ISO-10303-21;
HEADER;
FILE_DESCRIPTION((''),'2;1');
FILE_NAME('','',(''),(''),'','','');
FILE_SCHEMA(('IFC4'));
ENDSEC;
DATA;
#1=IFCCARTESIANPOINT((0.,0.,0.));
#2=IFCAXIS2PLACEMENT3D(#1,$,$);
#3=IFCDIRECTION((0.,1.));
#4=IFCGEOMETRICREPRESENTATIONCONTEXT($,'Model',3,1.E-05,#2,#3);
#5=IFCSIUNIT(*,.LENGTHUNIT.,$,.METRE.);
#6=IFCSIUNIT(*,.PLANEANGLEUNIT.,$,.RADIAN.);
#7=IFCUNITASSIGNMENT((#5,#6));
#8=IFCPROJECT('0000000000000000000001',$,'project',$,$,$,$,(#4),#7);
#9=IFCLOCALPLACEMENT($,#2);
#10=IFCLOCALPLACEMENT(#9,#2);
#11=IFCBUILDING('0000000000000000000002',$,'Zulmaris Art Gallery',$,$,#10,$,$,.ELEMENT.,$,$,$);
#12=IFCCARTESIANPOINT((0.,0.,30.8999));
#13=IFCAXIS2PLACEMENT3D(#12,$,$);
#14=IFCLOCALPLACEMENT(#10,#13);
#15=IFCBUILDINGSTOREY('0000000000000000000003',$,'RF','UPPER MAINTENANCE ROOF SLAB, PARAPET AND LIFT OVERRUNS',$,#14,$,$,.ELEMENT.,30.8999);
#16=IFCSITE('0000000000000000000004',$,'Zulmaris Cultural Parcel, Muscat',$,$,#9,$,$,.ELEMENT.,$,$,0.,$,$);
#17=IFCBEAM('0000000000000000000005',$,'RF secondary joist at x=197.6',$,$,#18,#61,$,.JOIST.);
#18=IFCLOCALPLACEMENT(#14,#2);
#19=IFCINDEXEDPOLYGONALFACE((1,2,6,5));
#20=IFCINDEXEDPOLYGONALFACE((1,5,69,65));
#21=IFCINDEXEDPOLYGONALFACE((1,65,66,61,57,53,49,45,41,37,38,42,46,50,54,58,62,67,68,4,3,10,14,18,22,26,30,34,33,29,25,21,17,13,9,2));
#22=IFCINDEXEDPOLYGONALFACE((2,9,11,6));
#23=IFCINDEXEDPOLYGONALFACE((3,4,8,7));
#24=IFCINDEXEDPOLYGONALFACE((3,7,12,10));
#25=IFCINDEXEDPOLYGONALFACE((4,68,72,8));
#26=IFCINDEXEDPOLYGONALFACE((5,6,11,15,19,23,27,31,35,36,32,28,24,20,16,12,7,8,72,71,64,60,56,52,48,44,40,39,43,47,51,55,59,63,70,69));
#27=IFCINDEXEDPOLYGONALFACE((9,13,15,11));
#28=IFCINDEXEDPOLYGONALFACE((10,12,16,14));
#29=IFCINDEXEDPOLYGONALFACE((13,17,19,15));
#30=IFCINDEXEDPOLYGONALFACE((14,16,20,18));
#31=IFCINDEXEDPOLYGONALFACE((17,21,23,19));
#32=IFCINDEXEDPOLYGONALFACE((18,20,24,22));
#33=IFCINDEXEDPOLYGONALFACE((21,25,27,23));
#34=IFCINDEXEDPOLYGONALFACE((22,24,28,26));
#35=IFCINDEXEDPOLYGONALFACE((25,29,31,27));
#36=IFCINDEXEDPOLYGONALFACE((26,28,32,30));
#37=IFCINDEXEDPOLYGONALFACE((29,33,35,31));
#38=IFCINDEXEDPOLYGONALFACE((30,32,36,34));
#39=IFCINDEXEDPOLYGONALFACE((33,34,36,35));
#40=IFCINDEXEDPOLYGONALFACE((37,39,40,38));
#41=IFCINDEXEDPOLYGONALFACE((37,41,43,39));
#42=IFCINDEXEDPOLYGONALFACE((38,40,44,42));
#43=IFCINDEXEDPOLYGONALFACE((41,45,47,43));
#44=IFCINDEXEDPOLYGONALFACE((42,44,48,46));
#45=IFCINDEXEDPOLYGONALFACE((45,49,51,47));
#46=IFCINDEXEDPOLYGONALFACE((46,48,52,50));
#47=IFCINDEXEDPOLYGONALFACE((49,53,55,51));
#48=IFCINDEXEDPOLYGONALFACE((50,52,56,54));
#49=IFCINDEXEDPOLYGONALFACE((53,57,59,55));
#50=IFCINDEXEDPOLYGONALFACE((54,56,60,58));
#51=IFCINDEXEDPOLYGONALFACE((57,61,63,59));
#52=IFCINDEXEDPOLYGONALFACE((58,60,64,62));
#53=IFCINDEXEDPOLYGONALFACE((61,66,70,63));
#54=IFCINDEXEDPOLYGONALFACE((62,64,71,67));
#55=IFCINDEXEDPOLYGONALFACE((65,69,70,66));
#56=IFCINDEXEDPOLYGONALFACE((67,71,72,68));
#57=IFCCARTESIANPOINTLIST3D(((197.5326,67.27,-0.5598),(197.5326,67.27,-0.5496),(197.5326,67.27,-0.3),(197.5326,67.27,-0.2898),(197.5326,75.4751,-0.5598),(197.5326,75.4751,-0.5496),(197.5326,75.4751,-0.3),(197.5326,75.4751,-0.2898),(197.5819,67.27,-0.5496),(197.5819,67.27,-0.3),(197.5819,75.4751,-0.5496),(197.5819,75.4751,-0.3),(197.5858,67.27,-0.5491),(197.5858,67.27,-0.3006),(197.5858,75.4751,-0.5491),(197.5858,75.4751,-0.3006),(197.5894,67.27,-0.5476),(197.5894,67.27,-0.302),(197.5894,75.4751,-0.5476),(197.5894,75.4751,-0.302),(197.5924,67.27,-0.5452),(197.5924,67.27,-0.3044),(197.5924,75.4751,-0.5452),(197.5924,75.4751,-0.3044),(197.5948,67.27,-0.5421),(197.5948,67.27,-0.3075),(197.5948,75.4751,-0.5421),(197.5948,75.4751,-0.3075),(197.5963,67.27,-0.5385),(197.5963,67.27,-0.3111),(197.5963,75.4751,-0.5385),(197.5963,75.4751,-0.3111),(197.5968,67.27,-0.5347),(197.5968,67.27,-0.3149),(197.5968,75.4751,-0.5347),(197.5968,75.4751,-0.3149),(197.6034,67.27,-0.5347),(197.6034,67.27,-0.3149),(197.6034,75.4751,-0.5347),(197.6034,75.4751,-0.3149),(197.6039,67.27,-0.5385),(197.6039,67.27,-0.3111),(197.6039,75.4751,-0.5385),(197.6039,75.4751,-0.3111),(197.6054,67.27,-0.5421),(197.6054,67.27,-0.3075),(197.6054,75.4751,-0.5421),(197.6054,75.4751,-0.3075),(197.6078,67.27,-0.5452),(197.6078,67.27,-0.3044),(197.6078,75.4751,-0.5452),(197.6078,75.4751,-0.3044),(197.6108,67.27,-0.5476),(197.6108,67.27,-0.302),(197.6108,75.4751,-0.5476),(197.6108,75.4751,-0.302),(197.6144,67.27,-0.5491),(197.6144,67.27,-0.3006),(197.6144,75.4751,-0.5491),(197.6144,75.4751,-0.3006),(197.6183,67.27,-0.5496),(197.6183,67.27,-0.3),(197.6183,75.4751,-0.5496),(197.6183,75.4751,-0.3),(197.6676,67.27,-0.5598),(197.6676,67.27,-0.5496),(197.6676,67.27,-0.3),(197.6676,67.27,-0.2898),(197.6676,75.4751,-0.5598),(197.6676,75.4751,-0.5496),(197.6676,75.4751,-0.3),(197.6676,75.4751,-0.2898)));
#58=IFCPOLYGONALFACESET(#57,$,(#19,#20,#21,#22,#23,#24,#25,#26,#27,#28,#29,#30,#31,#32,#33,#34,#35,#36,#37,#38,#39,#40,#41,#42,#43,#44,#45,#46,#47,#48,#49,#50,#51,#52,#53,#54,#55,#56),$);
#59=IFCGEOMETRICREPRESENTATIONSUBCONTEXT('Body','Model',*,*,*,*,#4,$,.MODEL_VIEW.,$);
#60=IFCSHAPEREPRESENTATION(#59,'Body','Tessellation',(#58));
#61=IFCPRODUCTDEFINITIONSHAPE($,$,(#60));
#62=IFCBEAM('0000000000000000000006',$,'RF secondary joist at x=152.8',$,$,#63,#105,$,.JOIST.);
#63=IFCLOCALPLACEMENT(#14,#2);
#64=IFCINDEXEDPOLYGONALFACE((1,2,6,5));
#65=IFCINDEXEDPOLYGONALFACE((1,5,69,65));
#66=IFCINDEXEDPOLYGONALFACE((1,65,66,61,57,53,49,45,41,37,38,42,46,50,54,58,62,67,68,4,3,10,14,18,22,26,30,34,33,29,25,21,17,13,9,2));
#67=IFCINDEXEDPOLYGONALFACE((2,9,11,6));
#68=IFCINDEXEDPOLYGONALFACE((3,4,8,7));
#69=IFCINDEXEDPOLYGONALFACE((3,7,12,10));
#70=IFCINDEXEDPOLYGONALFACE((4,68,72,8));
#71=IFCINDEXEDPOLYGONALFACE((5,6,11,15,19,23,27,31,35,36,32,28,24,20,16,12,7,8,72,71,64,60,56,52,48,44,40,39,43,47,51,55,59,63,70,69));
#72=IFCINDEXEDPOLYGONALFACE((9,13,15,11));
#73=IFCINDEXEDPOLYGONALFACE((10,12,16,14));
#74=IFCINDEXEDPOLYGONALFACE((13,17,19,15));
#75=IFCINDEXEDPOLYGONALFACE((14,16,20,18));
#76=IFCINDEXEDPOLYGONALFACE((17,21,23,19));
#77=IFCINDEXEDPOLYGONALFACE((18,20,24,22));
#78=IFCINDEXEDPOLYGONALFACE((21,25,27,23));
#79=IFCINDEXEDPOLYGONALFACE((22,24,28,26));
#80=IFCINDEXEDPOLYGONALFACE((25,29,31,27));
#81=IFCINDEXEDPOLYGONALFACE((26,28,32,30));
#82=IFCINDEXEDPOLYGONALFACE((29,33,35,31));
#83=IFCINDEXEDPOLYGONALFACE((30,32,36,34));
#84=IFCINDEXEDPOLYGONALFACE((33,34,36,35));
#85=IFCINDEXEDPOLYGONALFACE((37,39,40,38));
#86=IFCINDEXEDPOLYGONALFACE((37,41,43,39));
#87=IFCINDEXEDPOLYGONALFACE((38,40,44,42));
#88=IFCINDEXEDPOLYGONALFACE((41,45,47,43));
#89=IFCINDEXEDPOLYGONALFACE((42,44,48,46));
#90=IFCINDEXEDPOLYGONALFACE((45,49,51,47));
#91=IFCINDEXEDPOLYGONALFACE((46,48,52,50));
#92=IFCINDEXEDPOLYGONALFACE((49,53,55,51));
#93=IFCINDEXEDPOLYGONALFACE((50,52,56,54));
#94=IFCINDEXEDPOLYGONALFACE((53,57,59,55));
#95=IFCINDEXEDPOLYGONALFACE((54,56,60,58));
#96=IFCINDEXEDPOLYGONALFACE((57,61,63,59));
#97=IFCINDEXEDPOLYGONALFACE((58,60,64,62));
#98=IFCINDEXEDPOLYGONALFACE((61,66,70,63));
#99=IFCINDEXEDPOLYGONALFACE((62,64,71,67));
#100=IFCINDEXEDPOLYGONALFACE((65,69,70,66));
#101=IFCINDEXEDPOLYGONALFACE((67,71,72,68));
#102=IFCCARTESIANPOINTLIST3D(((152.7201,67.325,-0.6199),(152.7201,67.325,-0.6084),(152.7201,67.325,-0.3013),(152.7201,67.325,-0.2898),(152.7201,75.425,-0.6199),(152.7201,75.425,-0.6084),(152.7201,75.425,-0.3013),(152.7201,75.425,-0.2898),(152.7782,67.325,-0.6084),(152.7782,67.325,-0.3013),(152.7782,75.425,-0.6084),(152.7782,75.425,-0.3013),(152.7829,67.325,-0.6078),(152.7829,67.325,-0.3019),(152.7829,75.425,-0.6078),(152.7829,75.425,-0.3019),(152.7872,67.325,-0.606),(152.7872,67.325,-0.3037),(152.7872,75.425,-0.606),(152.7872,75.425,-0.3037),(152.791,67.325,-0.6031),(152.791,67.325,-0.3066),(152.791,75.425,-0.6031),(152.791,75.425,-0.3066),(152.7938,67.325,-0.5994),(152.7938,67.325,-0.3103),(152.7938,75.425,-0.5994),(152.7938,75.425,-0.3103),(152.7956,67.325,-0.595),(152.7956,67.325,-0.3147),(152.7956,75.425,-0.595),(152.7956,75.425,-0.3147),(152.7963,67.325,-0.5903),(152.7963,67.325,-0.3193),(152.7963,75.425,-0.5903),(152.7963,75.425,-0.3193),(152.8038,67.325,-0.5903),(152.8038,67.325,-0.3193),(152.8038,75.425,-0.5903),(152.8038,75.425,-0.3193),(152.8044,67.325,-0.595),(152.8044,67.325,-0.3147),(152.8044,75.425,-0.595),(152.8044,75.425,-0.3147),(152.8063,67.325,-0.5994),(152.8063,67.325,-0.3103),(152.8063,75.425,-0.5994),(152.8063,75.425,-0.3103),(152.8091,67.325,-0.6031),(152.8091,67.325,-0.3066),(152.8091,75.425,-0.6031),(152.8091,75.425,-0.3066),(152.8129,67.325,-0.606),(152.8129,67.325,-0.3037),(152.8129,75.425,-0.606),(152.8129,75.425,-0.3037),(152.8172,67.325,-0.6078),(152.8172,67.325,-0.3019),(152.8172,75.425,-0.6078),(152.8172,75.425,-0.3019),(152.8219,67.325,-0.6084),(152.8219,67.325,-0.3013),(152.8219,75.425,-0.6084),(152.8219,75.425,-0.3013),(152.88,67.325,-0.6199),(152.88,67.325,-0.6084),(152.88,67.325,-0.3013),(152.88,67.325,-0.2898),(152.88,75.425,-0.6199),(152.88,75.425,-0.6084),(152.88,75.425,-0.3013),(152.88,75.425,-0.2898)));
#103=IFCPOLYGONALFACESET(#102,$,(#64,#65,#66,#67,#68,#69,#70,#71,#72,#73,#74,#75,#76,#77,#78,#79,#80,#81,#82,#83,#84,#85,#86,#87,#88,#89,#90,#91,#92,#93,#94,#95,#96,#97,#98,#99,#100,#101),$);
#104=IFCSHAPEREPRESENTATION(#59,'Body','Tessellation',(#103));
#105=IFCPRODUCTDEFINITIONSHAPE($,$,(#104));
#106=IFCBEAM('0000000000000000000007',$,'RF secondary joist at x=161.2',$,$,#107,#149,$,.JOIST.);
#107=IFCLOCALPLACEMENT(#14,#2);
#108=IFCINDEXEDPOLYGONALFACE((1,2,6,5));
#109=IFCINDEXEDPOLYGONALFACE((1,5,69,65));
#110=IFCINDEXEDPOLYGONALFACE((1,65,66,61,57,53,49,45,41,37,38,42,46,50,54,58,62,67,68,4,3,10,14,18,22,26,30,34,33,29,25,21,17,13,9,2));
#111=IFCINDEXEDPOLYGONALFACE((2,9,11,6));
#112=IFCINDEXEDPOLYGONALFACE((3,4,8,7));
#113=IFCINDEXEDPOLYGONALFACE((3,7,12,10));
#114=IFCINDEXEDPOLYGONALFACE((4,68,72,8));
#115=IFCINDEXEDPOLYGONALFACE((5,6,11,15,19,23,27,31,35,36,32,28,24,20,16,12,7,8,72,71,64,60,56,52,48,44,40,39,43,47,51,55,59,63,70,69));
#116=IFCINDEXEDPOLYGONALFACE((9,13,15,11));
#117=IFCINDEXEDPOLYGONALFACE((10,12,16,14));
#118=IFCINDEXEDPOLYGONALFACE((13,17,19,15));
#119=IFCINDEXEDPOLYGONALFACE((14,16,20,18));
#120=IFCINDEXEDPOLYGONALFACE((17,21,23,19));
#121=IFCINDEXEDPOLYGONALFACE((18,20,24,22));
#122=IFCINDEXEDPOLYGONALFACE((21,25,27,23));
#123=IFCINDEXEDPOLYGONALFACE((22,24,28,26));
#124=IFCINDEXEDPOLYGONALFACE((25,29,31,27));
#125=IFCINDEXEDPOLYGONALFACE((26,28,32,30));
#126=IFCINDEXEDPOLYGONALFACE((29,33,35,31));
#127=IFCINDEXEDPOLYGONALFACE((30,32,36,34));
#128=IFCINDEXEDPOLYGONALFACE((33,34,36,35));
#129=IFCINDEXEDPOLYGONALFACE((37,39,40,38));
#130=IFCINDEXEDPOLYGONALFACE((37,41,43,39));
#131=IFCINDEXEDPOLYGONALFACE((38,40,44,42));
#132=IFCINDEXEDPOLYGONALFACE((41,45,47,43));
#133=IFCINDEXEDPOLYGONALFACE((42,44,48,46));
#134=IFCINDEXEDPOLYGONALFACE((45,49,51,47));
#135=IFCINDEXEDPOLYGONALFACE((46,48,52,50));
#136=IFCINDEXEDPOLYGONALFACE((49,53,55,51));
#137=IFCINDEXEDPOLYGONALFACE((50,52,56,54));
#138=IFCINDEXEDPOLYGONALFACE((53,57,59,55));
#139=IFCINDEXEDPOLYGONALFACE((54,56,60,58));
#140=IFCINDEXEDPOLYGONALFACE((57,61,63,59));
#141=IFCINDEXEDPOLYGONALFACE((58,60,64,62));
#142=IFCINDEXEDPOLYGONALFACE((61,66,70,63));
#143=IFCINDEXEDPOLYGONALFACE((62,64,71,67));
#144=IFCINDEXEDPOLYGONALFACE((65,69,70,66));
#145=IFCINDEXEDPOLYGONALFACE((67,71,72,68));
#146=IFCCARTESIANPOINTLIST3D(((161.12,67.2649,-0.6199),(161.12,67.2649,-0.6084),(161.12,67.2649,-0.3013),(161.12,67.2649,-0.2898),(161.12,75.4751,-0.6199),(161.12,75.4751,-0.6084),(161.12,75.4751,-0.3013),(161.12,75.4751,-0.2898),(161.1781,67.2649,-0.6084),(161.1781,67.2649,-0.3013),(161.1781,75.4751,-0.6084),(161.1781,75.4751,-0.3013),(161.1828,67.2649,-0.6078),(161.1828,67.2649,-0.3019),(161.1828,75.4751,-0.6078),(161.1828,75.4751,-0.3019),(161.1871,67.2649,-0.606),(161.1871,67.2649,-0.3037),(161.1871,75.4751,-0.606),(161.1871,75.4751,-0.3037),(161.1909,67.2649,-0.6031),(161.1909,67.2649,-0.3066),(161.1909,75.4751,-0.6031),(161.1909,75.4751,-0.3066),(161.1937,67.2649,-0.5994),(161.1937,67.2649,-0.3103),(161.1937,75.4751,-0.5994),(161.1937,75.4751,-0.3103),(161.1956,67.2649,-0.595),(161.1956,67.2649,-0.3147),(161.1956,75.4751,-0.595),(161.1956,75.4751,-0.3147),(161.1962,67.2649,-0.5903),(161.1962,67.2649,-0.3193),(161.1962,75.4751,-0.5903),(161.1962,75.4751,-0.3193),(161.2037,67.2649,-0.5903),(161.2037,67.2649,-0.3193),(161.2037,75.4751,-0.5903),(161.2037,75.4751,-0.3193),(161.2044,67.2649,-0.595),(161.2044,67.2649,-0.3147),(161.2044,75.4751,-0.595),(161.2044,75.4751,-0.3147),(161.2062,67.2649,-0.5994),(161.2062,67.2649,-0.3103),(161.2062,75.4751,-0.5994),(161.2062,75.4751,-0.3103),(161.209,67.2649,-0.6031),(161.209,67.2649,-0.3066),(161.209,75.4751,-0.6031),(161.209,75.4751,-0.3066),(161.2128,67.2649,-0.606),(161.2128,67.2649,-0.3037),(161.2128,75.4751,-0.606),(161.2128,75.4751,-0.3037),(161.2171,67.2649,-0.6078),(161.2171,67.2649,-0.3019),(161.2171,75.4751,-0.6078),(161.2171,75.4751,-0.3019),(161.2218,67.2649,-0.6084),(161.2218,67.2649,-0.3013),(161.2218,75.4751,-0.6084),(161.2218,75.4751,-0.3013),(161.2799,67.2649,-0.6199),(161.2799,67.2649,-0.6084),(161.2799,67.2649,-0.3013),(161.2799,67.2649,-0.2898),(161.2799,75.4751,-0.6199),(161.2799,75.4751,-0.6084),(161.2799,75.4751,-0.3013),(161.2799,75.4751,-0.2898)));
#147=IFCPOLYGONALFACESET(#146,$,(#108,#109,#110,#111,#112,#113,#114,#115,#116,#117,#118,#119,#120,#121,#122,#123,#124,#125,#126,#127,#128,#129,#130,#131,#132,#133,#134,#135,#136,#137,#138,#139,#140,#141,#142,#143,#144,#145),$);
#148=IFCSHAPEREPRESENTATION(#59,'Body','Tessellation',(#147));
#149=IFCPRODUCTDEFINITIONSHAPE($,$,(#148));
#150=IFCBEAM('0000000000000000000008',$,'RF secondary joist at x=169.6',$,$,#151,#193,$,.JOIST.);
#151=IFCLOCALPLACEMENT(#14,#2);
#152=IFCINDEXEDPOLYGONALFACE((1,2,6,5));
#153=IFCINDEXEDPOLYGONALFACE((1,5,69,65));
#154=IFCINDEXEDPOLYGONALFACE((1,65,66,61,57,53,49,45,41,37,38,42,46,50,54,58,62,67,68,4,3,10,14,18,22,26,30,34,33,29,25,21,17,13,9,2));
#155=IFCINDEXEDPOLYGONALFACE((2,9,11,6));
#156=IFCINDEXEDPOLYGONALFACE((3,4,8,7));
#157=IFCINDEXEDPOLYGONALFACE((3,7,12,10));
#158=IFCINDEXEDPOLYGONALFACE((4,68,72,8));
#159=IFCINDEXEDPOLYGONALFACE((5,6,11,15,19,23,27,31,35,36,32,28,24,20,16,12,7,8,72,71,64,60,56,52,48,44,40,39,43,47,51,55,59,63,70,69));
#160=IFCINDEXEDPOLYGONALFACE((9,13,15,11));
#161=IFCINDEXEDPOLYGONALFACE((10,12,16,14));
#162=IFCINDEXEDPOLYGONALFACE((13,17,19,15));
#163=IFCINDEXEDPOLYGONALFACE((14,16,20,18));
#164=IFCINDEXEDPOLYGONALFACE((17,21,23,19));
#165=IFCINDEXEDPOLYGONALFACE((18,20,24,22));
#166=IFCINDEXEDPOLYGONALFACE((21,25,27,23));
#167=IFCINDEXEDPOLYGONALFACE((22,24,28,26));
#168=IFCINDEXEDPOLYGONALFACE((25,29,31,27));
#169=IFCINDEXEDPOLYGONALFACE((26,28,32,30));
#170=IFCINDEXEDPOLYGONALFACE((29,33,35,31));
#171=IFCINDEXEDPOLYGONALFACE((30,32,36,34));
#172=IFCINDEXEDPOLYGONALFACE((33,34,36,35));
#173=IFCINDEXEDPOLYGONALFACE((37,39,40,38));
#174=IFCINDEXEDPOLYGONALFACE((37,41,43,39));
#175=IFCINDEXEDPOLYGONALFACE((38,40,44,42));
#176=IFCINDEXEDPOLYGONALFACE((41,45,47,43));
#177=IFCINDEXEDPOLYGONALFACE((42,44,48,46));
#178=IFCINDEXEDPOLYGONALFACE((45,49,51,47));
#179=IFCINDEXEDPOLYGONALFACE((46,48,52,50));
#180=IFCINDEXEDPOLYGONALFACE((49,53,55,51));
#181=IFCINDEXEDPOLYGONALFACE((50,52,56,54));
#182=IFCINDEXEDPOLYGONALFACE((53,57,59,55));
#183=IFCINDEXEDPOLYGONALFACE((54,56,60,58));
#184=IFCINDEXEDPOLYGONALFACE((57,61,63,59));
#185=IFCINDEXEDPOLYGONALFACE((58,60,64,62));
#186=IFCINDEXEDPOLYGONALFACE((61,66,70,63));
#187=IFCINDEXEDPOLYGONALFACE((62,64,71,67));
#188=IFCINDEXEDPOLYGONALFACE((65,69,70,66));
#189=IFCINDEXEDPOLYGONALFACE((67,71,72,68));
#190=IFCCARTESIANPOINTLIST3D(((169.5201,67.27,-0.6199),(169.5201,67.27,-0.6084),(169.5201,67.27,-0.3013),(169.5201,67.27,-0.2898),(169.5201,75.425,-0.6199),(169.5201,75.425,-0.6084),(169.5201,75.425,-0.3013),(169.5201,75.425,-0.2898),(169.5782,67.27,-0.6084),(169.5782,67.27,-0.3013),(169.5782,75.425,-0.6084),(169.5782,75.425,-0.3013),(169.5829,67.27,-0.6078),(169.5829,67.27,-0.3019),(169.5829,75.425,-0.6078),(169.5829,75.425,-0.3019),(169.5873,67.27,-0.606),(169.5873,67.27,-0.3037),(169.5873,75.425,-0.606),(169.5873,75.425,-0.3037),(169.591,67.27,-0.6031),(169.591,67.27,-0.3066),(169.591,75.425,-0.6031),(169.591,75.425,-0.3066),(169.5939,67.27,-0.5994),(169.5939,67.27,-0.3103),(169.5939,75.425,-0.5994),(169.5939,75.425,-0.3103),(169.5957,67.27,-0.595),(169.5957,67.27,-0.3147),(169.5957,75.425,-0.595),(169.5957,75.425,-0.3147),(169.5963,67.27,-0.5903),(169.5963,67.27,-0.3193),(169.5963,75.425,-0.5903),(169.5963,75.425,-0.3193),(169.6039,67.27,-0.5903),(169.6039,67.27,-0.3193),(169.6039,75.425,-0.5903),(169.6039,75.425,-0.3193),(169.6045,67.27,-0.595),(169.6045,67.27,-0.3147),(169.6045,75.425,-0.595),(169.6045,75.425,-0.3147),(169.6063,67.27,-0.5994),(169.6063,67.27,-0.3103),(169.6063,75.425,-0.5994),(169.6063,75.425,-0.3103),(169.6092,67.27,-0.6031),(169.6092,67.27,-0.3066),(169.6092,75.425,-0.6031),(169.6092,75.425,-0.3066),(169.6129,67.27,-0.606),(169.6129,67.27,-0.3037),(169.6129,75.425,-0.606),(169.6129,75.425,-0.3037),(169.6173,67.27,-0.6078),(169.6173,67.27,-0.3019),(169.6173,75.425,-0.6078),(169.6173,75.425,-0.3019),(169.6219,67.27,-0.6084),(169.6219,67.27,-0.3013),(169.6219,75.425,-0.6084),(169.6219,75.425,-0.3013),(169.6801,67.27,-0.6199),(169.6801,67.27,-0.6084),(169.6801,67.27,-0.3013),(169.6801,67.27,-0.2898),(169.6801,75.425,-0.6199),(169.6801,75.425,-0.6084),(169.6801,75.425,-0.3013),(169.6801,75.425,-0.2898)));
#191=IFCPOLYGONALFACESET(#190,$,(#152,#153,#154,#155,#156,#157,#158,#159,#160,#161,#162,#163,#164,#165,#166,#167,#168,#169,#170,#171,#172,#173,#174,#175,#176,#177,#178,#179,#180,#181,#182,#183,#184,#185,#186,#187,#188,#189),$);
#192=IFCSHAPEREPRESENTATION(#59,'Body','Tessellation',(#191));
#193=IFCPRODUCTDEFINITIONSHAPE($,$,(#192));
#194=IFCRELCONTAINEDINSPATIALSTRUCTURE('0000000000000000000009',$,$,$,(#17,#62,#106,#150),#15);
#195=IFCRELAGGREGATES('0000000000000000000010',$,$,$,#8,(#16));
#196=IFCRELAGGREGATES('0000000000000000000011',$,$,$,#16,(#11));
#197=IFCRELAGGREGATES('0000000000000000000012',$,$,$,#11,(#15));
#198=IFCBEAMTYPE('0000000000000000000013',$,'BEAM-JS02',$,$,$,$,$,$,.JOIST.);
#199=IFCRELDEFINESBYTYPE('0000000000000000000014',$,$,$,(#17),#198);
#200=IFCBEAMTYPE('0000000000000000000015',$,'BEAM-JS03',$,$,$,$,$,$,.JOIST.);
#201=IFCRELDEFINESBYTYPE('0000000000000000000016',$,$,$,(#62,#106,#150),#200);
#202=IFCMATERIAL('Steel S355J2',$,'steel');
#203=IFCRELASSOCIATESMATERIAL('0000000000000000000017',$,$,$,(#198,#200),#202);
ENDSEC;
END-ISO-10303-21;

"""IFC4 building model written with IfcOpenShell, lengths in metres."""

from ifc_helpers import new_model, si_unit, direction, frame, origin, origin_2d, place, context, subcontext, project, spatial, i_section, extrude, material, material_profile, profile_set, type_object, element, save


model = new_model("IFC4")

# Units and contexts
model_context = context("Model", 3, precision=1e-05, world=origin(), true_north=direction((0.0, 1.0)))
body_context = subcontext(model_context, "Body", "Model", "MODEL_VIEW")
ifc_project = project(units=[si_unit("LENGTHUNIT", "METRE"), si_unit("PLANEANGLEUNIT", "RADIAN")], contexts=[model_context])

# Site, building, storey
site_placement = place(None, origin())
site = spatial("IfcSite", under=ifc_project, at=site_placement, Name="Zulmaris Cultural Parcel, Muscat", CompositionType="ELEMENT", RefElevation=0.0)
building_placement = place(site_placement, origin())
building = spatial("IfcBuilding", under=site, at=building_placement, Name="Zulmaris Art Gallery", CompositionType="ELEMENT")
storey_placement = place(building_placement, frame((0.0, 0.0, 30.8999)))
storey = spatial("IfcBuildingStorey", under=building, at=storey_placement, Name="RF", Description="UPPER MAINTENANCE ROOF SLAB, PARAPET AND LIFT OVERRUNS", CompositionType="ELEMENT", Elevation=30.8999)

# Beams
ifc_material_1 = material(Name="Steel S355J2", Category="steel")
ifc_material_profile_1 = material_profile(ifc_material_1, i_section(OverallWidth=0.135, OverallDepth=0.27, WebThickness=0.0066, FlangeThickness=0.0103, FilletRadius=0.0149, at=origin_2d()), Name="IPE 270")
ifc_profile_set_1 = profile_set([ifc_material_profile_1], Name="Steel S355J2")
beam_type_1 = type_object("IfcBeamType", Name="BEAM-JS02", PredefinedType="JOIST", material=ifc_profile_set_1)
beam_1_placement = place(storey_placement, frame((197.6001, 67.27, -0.4248), z_axis=(0.0, 1.0, 0.0), x_axis=(-1.0, 0.0, 0.0)))
element("IfcBeam", 1, at=beam_1_placement, inside=storey, type_object=beam_type_1, Name="RF secondary joist at x=197.6", PredefinedType="JOIST", context=body_context, shape_type="SweptSolid", body=[
    extrude(i_section(OverallWidth=0.135, OverallDepth=0.27, WebThickness=0.0066, FlangeThickness=0.0103, FilletRadius=0.0149, at=origin_2d()), origin(), (0.0, 0.0, 1.0), 8.2051),
])
ifc_material_profile_2 = material_profile(ifc_material_1, i_section(OverallWidth=0.1599, OverallDepth=0.3301, WebThickness=0.0076, FlangeThickness=0.0115, FilletRadius=0.0181, at=origin_2d()), Name="IPE 330")
ifc_profile_set_2 = profile_set([ifc_material_profile_2], Name="Steel S355J2")
beam_type_2 = type_object("IfcBeamType", Name="BEAM-JS03", PredefinedType="JOIST", material=ifc_profile_set_2)
beam_2_placement = place(storey_placement, frame((152.8, 67.325, -0.4548), z_axis=(0.0, 1.0, 0.0), x_axis=(-1.0, 0.0, 0.0)))
element("IfcBeam", 2, at=beam_2_placement, inside=storey, type_object=beam_type_2, Name="RF secondary joist at x=152.8", PredefinedType="JOIST", context=body_context, shape_type="SweptSolid", body=[
    extrude(i_section(OverallWidth=0.1599, OverallDepth=0.3301, WebThickness=0.0076, FlangeThickness=0.0115, FilletRadius=0.0181, at=origin_2d()), origin(), (0.0, 0.0, 1.0), 8.1001),
])
beam_3_placement = place(storey_placement, frame((161.2, 67.2649, -0.4548), z_axis=(0.0, 1.0, 0.0), x_axis=(-1.0, 0.0, 0.0)))
element("IfcBeam", 3, at=beam_3_placement, inside=storey, type_object=beam_type_2, Name="RF secondary joist at x=161.2", PredefinedType="JOIST", context=body_context, shape_type="SweptSolid", body=[
    extrude(i_section(OverallWidth=0.1599, OverallDepth=0.3301, WebThickness=0.0076, FlangeThickness=0.0115, FilletRadius=0.0181, at=origin_2d()), origin(), (0.0, 0.0, 1.0), 8.2102),
])
beam_4_placement = place(storey_placement, frame((169.6001, 67.27, -0.4548), z_axis=(0.0, 1.0, 0.0), x_axis=(-1.0, 0.0, 0.0)))
element("IfcBeam", 4, at=beam_4_placement, inside=storey, type_object=beam_type_2, Name="RF secondary joist at x=169.6", PredefinedType="JOIST", context=body_context, shape_type="SweptSolid", body=[
    extrude(i_section(OverallWidth=0.1599, OverallDepth=0.3301, WebThickness=0.0076, FlangeThickness=0.0115, FilletRadius=0.0181, at=origin_2d()), origin(), (0.0, 0.0, 1.0), 8.155),
])

save(model, "model.ifc")
